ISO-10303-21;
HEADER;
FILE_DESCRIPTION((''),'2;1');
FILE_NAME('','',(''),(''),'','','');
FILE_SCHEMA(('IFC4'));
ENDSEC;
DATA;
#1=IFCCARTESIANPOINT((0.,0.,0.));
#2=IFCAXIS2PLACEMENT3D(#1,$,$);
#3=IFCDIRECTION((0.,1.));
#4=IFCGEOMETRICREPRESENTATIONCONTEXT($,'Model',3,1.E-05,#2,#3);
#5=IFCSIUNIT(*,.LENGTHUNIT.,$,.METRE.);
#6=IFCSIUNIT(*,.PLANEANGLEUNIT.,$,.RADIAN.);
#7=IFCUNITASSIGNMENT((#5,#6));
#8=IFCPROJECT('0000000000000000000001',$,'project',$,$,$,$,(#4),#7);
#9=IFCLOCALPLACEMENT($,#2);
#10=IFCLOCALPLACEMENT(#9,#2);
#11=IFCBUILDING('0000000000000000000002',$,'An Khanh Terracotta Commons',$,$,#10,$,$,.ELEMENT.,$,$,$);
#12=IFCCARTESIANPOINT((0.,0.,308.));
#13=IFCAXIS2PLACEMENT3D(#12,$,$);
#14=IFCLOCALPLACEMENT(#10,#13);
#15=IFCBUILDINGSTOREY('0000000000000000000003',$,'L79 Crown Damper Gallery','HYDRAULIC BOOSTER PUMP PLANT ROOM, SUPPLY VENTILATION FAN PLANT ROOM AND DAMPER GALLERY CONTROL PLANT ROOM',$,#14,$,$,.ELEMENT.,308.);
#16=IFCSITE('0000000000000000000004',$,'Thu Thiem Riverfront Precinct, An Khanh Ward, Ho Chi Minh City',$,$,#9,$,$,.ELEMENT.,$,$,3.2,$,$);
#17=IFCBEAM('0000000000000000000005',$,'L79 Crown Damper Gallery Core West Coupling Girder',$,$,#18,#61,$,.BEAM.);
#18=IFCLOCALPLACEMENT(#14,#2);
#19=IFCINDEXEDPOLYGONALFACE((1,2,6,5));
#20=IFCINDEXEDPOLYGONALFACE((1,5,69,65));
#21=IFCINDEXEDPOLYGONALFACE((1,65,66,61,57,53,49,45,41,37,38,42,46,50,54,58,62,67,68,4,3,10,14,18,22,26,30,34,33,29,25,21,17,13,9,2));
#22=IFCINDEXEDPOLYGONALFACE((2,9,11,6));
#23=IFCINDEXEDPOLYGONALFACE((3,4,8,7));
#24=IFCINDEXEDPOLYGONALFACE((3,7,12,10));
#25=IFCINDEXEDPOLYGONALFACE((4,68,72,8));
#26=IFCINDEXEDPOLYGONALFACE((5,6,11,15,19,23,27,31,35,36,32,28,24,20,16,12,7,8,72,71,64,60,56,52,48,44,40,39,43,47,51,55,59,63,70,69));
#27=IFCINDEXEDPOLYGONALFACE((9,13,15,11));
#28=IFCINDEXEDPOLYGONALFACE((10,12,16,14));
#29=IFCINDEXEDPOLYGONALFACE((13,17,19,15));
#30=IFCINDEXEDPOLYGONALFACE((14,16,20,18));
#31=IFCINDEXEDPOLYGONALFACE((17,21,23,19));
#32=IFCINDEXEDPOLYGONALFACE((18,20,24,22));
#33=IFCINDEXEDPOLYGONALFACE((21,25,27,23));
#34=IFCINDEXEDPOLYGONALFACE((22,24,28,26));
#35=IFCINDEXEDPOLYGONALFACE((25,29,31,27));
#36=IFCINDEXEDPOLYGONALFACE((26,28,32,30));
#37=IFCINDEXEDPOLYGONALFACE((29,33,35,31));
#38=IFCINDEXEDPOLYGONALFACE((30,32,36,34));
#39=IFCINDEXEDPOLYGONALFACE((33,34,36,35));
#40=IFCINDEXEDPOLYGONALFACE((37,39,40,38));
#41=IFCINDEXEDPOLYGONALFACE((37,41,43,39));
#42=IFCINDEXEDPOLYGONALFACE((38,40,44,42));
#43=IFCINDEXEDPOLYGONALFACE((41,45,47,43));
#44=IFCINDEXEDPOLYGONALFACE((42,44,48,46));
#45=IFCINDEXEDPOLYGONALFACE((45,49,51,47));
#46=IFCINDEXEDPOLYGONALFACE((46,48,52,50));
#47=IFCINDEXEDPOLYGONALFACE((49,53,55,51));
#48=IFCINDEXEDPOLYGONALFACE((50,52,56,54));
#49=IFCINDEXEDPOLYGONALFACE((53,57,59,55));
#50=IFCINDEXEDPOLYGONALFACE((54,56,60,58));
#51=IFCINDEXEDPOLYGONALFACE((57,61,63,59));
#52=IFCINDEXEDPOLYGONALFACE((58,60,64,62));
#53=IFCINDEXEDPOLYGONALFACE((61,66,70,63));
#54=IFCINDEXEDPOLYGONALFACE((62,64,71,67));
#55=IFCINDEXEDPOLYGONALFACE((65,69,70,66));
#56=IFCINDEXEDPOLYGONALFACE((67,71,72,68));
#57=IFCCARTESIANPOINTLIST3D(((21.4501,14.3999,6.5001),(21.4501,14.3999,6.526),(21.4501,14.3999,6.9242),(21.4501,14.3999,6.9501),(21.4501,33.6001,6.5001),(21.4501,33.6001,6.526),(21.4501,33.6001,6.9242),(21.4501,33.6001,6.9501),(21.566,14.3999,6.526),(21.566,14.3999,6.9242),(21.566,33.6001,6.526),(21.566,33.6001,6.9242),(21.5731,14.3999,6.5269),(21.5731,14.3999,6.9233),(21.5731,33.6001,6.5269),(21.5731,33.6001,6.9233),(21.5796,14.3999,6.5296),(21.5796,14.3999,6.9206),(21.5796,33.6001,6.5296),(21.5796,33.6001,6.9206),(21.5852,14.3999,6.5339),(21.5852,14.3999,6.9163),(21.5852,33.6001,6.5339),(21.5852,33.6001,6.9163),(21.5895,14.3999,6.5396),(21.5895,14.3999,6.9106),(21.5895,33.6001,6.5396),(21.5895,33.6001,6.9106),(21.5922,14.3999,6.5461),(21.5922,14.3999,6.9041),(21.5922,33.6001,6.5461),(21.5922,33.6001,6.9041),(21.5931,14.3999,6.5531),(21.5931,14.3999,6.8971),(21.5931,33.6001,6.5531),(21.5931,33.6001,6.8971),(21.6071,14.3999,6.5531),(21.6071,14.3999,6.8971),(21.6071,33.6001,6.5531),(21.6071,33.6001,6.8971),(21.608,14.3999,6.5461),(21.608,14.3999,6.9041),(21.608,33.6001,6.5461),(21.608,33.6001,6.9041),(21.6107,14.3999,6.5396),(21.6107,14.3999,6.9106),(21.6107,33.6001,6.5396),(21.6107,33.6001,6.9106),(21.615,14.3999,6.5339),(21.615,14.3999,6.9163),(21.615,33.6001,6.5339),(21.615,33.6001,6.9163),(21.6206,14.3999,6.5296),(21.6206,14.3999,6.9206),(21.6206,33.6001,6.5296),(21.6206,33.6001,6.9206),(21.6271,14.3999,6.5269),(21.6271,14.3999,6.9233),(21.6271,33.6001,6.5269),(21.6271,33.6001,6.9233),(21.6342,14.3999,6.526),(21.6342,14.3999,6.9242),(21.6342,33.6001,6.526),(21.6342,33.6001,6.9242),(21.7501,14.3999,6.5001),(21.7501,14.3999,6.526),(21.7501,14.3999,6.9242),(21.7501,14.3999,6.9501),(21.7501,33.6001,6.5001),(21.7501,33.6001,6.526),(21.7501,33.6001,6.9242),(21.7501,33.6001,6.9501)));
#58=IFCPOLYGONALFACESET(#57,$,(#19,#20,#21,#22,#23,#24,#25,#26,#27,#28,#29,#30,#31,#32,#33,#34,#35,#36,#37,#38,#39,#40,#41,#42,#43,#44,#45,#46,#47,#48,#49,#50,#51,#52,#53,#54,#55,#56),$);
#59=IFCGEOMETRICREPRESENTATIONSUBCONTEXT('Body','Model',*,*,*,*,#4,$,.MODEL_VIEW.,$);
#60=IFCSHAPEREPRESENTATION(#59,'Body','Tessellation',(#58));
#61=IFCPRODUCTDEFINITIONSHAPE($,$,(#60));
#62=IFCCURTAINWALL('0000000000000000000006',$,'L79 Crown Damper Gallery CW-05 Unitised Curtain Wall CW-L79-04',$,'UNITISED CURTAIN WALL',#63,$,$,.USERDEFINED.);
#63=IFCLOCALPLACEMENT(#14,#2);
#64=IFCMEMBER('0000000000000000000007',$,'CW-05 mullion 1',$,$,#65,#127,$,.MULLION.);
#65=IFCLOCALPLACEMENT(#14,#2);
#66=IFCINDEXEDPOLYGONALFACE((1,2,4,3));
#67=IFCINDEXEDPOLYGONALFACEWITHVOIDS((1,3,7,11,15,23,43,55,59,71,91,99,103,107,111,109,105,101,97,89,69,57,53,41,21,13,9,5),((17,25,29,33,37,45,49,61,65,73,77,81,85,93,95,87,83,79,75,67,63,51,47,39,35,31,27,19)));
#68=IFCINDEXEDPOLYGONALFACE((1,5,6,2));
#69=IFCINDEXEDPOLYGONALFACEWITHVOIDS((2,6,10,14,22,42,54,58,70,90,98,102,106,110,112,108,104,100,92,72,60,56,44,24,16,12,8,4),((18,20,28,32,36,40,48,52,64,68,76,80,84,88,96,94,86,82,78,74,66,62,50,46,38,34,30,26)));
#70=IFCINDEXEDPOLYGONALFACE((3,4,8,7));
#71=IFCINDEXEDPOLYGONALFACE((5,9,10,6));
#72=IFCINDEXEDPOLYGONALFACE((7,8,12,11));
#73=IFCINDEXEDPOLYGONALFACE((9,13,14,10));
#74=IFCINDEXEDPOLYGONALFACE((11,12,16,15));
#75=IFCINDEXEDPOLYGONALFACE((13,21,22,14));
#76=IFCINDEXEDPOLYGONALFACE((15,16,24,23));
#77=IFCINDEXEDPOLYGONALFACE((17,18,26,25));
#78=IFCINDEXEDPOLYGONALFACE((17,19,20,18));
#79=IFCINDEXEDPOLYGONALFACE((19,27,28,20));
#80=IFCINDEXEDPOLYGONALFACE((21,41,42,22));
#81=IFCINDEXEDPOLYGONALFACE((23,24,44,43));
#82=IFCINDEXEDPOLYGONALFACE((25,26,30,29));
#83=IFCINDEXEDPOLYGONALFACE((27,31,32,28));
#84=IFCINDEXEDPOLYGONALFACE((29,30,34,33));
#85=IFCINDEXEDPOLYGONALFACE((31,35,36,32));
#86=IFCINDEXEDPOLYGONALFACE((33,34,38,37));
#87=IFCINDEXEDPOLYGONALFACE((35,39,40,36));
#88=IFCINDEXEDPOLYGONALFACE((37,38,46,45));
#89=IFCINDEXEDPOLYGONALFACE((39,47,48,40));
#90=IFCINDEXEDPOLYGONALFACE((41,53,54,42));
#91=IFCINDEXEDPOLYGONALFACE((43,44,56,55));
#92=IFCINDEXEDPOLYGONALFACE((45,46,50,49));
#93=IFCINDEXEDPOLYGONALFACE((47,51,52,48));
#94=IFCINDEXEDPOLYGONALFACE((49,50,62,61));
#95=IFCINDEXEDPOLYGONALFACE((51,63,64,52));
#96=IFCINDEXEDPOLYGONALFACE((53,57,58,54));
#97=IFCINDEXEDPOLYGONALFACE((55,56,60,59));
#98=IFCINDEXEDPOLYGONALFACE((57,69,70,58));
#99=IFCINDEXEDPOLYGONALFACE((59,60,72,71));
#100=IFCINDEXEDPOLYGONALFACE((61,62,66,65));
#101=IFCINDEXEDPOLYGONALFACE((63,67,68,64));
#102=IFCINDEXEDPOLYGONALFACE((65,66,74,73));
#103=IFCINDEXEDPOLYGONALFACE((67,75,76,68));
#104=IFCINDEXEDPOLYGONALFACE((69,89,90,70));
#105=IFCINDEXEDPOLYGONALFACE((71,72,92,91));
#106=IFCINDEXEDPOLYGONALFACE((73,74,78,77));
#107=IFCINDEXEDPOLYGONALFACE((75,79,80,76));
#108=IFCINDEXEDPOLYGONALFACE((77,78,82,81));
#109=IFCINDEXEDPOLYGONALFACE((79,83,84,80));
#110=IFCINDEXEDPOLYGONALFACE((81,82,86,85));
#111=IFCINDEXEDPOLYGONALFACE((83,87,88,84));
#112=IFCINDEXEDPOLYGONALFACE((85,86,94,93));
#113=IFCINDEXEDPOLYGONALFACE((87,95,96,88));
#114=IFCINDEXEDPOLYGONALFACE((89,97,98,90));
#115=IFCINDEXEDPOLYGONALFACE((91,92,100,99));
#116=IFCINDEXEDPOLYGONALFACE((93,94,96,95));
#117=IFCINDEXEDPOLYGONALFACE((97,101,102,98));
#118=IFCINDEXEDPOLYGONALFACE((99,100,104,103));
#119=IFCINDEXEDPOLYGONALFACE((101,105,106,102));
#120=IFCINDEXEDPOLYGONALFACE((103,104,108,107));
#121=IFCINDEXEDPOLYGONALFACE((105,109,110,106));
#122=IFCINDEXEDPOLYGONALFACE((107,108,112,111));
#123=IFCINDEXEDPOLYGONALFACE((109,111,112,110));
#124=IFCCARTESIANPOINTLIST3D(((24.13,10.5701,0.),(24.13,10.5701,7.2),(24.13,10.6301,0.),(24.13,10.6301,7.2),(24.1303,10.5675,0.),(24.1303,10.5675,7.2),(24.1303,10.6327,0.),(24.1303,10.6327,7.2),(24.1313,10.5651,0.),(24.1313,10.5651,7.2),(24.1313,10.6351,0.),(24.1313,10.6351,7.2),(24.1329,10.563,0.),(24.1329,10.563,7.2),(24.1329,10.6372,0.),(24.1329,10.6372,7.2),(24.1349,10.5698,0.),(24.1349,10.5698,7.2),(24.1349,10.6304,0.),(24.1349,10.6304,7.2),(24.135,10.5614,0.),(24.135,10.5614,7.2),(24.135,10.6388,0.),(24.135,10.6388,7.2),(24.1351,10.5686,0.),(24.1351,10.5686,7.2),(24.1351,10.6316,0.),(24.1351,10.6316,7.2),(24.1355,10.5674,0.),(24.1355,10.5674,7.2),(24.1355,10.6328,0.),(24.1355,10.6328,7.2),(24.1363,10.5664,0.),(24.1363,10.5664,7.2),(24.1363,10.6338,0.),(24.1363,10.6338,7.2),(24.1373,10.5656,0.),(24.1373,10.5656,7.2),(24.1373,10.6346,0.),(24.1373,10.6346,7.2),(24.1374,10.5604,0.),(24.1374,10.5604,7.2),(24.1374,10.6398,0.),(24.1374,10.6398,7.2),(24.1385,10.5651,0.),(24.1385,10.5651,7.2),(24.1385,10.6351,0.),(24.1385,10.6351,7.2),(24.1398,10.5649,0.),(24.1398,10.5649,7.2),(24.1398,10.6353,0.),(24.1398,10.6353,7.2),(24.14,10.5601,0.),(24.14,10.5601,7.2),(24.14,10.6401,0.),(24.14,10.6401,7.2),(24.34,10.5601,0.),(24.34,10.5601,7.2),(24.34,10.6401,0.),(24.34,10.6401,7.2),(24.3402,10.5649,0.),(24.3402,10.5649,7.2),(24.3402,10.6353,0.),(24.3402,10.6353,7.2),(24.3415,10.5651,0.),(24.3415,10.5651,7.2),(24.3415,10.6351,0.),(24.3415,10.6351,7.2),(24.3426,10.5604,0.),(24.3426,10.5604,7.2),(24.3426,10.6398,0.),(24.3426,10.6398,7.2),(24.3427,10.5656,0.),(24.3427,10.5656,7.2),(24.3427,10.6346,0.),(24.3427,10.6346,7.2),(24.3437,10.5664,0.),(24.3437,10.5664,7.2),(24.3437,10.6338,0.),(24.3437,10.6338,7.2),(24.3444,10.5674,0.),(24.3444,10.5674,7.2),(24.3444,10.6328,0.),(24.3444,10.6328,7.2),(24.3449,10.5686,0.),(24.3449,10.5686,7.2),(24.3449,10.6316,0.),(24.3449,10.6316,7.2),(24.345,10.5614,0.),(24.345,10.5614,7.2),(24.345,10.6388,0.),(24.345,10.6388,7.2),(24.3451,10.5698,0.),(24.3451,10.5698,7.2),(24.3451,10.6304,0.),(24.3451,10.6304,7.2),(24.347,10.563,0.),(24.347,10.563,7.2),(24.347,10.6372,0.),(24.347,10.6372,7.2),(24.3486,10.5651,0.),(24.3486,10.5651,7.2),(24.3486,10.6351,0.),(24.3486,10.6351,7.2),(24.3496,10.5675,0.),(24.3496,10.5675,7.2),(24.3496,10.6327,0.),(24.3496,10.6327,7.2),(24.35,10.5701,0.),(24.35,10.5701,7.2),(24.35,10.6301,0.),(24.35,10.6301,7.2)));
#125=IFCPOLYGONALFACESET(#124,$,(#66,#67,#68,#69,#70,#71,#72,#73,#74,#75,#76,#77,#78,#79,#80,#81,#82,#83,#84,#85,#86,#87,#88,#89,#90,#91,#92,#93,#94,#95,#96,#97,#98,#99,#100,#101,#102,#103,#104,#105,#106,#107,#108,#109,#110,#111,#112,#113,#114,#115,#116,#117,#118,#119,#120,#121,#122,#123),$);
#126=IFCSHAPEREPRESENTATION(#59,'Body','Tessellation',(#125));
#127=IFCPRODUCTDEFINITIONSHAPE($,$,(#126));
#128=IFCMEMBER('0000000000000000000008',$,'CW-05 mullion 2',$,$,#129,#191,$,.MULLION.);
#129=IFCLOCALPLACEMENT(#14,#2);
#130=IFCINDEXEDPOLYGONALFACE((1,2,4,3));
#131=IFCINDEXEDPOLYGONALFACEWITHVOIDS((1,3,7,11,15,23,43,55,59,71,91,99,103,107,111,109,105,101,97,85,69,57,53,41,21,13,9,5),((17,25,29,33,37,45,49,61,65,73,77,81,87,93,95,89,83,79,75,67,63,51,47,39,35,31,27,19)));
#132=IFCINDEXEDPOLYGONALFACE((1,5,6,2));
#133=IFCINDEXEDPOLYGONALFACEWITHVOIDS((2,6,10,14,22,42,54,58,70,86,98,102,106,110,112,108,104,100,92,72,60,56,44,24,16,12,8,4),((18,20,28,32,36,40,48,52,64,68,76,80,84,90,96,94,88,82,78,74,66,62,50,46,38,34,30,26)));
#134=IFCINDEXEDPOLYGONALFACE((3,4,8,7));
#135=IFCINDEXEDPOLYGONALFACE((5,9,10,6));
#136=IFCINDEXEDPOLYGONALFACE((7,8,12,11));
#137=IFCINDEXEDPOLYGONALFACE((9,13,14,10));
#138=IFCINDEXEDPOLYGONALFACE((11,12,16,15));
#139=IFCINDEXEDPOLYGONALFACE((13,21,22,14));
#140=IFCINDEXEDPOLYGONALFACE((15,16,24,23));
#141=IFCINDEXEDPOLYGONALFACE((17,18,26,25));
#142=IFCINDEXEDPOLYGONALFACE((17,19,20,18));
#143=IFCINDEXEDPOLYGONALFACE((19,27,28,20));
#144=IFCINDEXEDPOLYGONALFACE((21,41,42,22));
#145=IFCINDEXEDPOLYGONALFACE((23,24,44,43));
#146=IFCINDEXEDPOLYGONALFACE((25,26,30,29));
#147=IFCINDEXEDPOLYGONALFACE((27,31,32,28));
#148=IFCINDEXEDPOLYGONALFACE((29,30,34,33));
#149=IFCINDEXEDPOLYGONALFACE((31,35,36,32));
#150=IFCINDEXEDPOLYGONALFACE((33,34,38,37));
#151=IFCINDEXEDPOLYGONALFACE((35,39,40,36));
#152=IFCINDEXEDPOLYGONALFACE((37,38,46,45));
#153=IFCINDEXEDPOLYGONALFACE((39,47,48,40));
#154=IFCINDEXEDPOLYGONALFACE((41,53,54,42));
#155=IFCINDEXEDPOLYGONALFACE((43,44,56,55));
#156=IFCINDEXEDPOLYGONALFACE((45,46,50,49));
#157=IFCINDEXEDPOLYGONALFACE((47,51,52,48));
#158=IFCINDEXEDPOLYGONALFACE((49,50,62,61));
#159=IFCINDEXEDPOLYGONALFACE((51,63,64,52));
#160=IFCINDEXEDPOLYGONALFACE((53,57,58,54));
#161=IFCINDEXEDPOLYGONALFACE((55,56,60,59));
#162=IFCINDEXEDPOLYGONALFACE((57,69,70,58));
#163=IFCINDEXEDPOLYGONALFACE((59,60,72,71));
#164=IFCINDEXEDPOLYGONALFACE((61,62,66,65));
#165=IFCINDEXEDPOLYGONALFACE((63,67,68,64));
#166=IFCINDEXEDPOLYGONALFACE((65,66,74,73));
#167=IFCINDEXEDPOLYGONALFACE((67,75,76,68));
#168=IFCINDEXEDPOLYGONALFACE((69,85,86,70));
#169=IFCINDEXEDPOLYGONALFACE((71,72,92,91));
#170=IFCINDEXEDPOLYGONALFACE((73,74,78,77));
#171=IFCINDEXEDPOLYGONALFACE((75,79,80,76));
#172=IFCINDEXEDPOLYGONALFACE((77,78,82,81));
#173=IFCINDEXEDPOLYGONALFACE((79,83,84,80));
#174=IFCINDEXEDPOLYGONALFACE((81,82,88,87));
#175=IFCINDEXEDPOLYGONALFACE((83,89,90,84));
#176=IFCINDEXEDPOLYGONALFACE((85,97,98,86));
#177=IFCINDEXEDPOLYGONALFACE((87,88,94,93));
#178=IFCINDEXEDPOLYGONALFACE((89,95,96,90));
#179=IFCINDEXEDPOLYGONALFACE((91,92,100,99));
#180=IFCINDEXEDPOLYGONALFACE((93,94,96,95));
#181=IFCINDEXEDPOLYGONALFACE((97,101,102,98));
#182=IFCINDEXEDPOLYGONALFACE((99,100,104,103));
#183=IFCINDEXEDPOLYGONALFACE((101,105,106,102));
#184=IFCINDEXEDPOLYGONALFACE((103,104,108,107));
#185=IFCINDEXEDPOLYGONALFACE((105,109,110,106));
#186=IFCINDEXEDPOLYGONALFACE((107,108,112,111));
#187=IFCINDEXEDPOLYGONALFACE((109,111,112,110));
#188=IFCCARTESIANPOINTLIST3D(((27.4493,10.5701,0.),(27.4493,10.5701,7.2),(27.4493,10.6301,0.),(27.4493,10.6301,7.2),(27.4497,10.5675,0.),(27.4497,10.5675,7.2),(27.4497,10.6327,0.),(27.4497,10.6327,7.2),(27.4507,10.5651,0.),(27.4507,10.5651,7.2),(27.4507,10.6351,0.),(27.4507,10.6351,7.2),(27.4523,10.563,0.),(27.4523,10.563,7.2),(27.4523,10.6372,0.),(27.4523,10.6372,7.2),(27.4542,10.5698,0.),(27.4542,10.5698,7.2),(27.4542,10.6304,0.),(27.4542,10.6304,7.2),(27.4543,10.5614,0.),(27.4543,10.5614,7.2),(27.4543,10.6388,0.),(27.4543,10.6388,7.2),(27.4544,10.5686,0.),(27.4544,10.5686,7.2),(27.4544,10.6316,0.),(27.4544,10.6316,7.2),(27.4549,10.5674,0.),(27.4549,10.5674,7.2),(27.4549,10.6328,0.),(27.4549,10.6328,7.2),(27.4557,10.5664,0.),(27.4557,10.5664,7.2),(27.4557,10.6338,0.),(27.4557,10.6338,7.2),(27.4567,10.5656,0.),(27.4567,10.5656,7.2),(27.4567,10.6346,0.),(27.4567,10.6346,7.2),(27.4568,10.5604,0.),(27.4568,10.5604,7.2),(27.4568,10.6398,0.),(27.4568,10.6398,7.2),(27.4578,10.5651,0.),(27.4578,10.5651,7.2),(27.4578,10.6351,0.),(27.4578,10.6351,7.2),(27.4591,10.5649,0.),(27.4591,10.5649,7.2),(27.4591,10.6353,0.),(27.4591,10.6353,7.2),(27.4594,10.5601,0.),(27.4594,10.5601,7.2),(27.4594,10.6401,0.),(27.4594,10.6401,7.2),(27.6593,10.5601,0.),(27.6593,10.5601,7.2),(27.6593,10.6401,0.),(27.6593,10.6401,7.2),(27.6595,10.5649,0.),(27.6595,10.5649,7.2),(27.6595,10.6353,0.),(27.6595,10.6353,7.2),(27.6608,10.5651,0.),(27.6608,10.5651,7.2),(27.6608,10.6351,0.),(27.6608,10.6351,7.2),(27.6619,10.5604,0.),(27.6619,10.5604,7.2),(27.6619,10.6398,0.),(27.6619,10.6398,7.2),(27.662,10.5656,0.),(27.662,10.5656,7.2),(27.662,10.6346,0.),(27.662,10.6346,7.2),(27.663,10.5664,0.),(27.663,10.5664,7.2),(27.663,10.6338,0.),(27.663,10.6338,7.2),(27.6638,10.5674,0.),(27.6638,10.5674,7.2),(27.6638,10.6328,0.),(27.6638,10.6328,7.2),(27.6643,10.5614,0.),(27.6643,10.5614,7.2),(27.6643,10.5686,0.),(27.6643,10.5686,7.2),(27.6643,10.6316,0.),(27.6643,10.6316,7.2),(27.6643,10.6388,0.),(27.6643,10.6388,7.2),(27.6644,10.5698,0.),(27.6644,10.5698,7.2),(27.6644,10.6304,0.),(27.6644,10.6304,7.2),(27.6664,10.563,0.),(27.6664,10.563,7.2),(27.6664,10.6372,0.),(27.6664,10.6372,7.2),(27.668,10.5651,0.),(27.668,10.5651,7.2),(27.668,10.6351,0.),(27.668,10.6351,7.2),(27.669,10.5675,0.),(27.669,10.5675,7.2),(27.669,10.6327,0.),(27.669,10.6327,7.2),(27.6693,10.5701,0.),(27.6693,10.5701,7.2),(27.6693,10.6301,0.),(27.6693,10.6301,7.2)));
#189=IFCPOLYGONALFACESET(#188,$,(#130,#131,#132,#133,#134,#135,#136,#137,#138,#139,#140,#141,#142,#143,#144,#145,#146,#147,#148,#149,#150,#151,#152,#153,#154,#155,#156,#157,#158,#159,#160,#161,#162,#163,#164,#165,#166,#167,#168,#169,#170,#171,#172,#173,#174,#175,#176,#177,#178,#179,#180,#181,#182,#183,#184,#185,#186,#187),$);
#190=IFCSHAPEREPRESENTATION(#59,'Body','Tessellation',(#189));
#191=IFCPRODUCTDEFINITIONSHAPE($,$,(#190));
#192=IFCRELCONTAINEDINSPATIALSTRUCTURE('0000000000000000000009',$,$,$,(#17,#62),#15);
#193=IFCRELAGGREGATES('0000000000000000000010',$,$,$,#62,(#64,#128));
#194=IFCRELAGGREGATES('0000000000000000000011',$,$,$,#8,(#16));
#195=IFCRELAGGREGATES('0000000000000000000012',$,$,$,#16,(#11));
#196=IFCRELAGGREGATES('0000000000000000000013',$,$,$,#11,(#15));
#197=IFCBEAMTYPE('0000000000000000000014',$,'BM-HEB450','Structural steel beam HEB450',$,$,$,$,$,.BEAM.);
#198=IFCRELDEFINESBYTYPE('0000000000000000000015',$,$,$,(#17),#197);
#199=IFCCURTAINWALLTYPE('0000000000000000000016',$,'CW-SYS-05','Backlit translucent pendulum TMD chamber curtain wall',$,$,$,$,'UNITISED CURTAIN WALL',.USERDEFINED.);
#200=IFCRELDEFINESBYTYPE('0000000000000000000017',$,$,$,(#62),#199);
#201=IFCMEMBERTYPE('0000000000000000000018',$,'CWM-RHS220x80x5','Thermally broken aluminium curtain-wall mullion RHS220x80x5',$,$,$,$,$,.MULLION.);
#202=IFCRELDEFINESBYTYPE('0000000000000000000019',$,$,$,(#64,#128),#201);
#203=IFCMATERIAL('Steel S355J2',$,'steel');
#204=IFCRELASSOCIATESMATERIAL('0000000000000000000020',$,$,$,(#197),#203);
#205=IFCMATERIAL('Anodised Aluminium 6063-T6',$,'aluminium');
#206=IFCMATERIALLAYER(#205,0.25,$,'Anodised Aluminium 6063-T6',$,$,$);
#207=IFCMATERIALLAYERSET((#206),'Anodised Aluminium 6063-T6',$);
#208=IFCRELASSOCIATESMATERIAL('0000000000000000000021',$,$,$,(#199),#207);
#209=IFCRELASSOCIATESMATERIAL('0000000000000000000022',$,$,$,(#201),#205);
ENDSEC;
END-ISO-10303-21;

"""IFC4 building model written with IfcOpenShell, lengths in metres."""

from ifc_helpers import new_model, si_unit, direction, frame, origin, origin_2d, place, context, subcontext, project, spatial, hollow_rectangle, i_section, extrude, material, layer, layer_set, material_profile, profile_set, type_object, element, aggregate, save


model = new_model("IFC4")

# Units and contexts
model_context = context("Model", 3, precision=1e-05, world=origin(), true_north=direction((0.0, 1.0)))
body_context = subcontext(model_context, "Body", "Model", "MODEL_VIEW")
ifc_project = project(units=[si_unit("LENGTHUNIT", "METRE"), si_unit("PLANEANGLEUNIT", "RADIAN")], contexts=[model_context])

# Site, building, storey
site_placement = place(None, origin())
site = spatial("IfcSite", under=ifc_project, at=site_placement, Name="Thu Thiem Riverfront Precinct, An Khanh Ward, Ho Chi Minh City", CompositionType="ELEMENT", RefElevation=3.2)
building_placement = place(site_placement, origin())
building = spatial("IfcBuilding", under=site, at=building_placement, Name="An Khanh Terracotta Commons", CompositionType="ELEMENT")
storey_placement = place(building_placement, frame((0.0, 0.0, 308.0)))
storey = spatial("IfcBuildingStorey", under=building, at=storey_placement, Name="L79 Crown Damper Gallery", Description="HYDRAULIC BOOSTER PUMP PLANT ROOM, SUPPLY VENTILATION FAN PLANT ROOM AND DAMPER GALLERY CONTROL PLANT ROOM", CompositionType="ELEMENT", Elevation=308.0)

# Beam
ifc_material_1 = material(Name="Steel S355J2", Category="steel")
ifc_material_profile_1 = material_profile(ifc_material_1, i_section(OverallWidth=0.3, OverallDepth=0.45, WebThickness=0.0139, FlangeThickness=0.0259, FilletRadius=0.0271, at=origin_2d()), Name="HEB450")
ifc_profile_set_1 = profile_set([ifc_material_profile_1], Name="Steel S355J2")
beam_type = type_object("IfcBeamType", Name="BM-HEB450", Description="Structural steel beam HEB450", PredefinedType="BEAM", material=ifc_profile_set_1)
beam_placement = place(storey_placement, frame((21.6001, 14.3999, 6.7251), z_axis=(0.0, 1.0, 0.0), x_axis=(-1.0, 0.0, 0.0)))
element("IfcBeam", 1, at=beam_placement, inside=storey, type_object=beam_type, Name="L79 Crown Damper Gallery Core West Coupling Girder", PredefinedType="BEAM", context=body_context, shape_type="SweptSolid", body=[
    extrude(i_section(OverallWidth=0.3, OverallDepth=0.45, WebThickness=0.0139, FlangeThickness=0.0259, FilletRadius=0.0271, at=origin_2d()), origin(), (0.0, 0.0, 1.0), 19.2002),
])

# Curtain wall, members
ifc_material_2 = material(Name="Anodised Aluminium 6063-T6", Category="aluminium")
ifc_layer_1 = layer(ifc_material_2, 0.25, Name="Anodised Aluminium 6063-T6")
ifc_layer_set_1 = layer_set([ifc_layer_1], Name="Anodised Aluminium 6063-T6")
curtain_wall_type = type_object("IfcCurtainWallType", Name="CW-SYS-05", Description="Backlit translucent pendulum TMD chamber curtain wall", ElementType="UNITISED CURTAIN WALL", PredefinedType="USERDEFINED", material=ifc_layer_set_1)
curtain_wall_placement = place(storey_placement, origin())
curtain_wall = element("IfcCurtainWall", 2, at=curtain_wall_placement, inside=storey, type_object=curtain_wall_type, Name="L79 Crown Damper Gallery CW-05 Unitised Curtain Wall CW-L79-04", ObjectType="UNITISED CURTAIN WALL", PredefinedType="USERDEFINED")
ifc_material_profile_2 = material_profile(ifc_material_2, hollow_rectangle(XDim=0.0801, YDim=0.22, WallThickness=0.0049, InnerFilletRadius=0.0049, OuterFilletRadius=0.01, at=origin_2d()), Name="RHS220x80x5")
ifc_profile_set_2 = profile_set([ifc_material_profile_2], Name="Anodised Aluminium 6063-T6")
member_type_1 = type_object("IfcMemberType", Name="CWM-RHS220x80x5", Description="Thermally broken aluminium curtain-wall mullion RHS220x80x5", PredefinedType="MULLION", material=ifc_profile_set_2)
member_1_placement = place(storey_placement, frame((24.24, 10.6001, 0.0), z_axis=(0.0, 0.0, 1.0), x_axis=(0.0, 1.0, 0.0)))
member_1 = element("IfcMember", 3, at=member_1_placement, type_object=member_type_1, Name="CW-05 mullion 1", PredefinedType="MULLION", context=body_context, shape_type="SweptSolid", body=[
    extrude(hollow_rectangle(XDim=0.0801, YDim=0.22, WallThickness=0.0049, InnerFilletRadius=0.0049, OuterFilletRadius=0.01, at=origin_2d()), origin(), (0.0, 0.0, 1.0), 7.2),
])
member_2_placement = place(storey_placement, frame((27.5593, 10.6001, 0.0), z_axis=(0.0, 0.0, 1.0), x_axis=(0.0, 1.0, 0.0)))
member_2 = element("IfcMember", 4, at=member_2_placement, type_object=member_type_1, Name="CW-05 mullion 2", PredefinedType="MULLION", context=body_context, shape_type="SweptSolid", body=[
    extrude(hollow_rectangle(XDim=0.0801, YDim=0.22, WallThickness=0.0049, InnerFilletRadius=0.0049, OuterFilletRadius=0.01, at=origin_2d()), origin(), (0.0, 0.0, 1.0), 7.2),
])
aggregate(curtain_wall, [member_1, member_2])

save(model, "model.ifc")
